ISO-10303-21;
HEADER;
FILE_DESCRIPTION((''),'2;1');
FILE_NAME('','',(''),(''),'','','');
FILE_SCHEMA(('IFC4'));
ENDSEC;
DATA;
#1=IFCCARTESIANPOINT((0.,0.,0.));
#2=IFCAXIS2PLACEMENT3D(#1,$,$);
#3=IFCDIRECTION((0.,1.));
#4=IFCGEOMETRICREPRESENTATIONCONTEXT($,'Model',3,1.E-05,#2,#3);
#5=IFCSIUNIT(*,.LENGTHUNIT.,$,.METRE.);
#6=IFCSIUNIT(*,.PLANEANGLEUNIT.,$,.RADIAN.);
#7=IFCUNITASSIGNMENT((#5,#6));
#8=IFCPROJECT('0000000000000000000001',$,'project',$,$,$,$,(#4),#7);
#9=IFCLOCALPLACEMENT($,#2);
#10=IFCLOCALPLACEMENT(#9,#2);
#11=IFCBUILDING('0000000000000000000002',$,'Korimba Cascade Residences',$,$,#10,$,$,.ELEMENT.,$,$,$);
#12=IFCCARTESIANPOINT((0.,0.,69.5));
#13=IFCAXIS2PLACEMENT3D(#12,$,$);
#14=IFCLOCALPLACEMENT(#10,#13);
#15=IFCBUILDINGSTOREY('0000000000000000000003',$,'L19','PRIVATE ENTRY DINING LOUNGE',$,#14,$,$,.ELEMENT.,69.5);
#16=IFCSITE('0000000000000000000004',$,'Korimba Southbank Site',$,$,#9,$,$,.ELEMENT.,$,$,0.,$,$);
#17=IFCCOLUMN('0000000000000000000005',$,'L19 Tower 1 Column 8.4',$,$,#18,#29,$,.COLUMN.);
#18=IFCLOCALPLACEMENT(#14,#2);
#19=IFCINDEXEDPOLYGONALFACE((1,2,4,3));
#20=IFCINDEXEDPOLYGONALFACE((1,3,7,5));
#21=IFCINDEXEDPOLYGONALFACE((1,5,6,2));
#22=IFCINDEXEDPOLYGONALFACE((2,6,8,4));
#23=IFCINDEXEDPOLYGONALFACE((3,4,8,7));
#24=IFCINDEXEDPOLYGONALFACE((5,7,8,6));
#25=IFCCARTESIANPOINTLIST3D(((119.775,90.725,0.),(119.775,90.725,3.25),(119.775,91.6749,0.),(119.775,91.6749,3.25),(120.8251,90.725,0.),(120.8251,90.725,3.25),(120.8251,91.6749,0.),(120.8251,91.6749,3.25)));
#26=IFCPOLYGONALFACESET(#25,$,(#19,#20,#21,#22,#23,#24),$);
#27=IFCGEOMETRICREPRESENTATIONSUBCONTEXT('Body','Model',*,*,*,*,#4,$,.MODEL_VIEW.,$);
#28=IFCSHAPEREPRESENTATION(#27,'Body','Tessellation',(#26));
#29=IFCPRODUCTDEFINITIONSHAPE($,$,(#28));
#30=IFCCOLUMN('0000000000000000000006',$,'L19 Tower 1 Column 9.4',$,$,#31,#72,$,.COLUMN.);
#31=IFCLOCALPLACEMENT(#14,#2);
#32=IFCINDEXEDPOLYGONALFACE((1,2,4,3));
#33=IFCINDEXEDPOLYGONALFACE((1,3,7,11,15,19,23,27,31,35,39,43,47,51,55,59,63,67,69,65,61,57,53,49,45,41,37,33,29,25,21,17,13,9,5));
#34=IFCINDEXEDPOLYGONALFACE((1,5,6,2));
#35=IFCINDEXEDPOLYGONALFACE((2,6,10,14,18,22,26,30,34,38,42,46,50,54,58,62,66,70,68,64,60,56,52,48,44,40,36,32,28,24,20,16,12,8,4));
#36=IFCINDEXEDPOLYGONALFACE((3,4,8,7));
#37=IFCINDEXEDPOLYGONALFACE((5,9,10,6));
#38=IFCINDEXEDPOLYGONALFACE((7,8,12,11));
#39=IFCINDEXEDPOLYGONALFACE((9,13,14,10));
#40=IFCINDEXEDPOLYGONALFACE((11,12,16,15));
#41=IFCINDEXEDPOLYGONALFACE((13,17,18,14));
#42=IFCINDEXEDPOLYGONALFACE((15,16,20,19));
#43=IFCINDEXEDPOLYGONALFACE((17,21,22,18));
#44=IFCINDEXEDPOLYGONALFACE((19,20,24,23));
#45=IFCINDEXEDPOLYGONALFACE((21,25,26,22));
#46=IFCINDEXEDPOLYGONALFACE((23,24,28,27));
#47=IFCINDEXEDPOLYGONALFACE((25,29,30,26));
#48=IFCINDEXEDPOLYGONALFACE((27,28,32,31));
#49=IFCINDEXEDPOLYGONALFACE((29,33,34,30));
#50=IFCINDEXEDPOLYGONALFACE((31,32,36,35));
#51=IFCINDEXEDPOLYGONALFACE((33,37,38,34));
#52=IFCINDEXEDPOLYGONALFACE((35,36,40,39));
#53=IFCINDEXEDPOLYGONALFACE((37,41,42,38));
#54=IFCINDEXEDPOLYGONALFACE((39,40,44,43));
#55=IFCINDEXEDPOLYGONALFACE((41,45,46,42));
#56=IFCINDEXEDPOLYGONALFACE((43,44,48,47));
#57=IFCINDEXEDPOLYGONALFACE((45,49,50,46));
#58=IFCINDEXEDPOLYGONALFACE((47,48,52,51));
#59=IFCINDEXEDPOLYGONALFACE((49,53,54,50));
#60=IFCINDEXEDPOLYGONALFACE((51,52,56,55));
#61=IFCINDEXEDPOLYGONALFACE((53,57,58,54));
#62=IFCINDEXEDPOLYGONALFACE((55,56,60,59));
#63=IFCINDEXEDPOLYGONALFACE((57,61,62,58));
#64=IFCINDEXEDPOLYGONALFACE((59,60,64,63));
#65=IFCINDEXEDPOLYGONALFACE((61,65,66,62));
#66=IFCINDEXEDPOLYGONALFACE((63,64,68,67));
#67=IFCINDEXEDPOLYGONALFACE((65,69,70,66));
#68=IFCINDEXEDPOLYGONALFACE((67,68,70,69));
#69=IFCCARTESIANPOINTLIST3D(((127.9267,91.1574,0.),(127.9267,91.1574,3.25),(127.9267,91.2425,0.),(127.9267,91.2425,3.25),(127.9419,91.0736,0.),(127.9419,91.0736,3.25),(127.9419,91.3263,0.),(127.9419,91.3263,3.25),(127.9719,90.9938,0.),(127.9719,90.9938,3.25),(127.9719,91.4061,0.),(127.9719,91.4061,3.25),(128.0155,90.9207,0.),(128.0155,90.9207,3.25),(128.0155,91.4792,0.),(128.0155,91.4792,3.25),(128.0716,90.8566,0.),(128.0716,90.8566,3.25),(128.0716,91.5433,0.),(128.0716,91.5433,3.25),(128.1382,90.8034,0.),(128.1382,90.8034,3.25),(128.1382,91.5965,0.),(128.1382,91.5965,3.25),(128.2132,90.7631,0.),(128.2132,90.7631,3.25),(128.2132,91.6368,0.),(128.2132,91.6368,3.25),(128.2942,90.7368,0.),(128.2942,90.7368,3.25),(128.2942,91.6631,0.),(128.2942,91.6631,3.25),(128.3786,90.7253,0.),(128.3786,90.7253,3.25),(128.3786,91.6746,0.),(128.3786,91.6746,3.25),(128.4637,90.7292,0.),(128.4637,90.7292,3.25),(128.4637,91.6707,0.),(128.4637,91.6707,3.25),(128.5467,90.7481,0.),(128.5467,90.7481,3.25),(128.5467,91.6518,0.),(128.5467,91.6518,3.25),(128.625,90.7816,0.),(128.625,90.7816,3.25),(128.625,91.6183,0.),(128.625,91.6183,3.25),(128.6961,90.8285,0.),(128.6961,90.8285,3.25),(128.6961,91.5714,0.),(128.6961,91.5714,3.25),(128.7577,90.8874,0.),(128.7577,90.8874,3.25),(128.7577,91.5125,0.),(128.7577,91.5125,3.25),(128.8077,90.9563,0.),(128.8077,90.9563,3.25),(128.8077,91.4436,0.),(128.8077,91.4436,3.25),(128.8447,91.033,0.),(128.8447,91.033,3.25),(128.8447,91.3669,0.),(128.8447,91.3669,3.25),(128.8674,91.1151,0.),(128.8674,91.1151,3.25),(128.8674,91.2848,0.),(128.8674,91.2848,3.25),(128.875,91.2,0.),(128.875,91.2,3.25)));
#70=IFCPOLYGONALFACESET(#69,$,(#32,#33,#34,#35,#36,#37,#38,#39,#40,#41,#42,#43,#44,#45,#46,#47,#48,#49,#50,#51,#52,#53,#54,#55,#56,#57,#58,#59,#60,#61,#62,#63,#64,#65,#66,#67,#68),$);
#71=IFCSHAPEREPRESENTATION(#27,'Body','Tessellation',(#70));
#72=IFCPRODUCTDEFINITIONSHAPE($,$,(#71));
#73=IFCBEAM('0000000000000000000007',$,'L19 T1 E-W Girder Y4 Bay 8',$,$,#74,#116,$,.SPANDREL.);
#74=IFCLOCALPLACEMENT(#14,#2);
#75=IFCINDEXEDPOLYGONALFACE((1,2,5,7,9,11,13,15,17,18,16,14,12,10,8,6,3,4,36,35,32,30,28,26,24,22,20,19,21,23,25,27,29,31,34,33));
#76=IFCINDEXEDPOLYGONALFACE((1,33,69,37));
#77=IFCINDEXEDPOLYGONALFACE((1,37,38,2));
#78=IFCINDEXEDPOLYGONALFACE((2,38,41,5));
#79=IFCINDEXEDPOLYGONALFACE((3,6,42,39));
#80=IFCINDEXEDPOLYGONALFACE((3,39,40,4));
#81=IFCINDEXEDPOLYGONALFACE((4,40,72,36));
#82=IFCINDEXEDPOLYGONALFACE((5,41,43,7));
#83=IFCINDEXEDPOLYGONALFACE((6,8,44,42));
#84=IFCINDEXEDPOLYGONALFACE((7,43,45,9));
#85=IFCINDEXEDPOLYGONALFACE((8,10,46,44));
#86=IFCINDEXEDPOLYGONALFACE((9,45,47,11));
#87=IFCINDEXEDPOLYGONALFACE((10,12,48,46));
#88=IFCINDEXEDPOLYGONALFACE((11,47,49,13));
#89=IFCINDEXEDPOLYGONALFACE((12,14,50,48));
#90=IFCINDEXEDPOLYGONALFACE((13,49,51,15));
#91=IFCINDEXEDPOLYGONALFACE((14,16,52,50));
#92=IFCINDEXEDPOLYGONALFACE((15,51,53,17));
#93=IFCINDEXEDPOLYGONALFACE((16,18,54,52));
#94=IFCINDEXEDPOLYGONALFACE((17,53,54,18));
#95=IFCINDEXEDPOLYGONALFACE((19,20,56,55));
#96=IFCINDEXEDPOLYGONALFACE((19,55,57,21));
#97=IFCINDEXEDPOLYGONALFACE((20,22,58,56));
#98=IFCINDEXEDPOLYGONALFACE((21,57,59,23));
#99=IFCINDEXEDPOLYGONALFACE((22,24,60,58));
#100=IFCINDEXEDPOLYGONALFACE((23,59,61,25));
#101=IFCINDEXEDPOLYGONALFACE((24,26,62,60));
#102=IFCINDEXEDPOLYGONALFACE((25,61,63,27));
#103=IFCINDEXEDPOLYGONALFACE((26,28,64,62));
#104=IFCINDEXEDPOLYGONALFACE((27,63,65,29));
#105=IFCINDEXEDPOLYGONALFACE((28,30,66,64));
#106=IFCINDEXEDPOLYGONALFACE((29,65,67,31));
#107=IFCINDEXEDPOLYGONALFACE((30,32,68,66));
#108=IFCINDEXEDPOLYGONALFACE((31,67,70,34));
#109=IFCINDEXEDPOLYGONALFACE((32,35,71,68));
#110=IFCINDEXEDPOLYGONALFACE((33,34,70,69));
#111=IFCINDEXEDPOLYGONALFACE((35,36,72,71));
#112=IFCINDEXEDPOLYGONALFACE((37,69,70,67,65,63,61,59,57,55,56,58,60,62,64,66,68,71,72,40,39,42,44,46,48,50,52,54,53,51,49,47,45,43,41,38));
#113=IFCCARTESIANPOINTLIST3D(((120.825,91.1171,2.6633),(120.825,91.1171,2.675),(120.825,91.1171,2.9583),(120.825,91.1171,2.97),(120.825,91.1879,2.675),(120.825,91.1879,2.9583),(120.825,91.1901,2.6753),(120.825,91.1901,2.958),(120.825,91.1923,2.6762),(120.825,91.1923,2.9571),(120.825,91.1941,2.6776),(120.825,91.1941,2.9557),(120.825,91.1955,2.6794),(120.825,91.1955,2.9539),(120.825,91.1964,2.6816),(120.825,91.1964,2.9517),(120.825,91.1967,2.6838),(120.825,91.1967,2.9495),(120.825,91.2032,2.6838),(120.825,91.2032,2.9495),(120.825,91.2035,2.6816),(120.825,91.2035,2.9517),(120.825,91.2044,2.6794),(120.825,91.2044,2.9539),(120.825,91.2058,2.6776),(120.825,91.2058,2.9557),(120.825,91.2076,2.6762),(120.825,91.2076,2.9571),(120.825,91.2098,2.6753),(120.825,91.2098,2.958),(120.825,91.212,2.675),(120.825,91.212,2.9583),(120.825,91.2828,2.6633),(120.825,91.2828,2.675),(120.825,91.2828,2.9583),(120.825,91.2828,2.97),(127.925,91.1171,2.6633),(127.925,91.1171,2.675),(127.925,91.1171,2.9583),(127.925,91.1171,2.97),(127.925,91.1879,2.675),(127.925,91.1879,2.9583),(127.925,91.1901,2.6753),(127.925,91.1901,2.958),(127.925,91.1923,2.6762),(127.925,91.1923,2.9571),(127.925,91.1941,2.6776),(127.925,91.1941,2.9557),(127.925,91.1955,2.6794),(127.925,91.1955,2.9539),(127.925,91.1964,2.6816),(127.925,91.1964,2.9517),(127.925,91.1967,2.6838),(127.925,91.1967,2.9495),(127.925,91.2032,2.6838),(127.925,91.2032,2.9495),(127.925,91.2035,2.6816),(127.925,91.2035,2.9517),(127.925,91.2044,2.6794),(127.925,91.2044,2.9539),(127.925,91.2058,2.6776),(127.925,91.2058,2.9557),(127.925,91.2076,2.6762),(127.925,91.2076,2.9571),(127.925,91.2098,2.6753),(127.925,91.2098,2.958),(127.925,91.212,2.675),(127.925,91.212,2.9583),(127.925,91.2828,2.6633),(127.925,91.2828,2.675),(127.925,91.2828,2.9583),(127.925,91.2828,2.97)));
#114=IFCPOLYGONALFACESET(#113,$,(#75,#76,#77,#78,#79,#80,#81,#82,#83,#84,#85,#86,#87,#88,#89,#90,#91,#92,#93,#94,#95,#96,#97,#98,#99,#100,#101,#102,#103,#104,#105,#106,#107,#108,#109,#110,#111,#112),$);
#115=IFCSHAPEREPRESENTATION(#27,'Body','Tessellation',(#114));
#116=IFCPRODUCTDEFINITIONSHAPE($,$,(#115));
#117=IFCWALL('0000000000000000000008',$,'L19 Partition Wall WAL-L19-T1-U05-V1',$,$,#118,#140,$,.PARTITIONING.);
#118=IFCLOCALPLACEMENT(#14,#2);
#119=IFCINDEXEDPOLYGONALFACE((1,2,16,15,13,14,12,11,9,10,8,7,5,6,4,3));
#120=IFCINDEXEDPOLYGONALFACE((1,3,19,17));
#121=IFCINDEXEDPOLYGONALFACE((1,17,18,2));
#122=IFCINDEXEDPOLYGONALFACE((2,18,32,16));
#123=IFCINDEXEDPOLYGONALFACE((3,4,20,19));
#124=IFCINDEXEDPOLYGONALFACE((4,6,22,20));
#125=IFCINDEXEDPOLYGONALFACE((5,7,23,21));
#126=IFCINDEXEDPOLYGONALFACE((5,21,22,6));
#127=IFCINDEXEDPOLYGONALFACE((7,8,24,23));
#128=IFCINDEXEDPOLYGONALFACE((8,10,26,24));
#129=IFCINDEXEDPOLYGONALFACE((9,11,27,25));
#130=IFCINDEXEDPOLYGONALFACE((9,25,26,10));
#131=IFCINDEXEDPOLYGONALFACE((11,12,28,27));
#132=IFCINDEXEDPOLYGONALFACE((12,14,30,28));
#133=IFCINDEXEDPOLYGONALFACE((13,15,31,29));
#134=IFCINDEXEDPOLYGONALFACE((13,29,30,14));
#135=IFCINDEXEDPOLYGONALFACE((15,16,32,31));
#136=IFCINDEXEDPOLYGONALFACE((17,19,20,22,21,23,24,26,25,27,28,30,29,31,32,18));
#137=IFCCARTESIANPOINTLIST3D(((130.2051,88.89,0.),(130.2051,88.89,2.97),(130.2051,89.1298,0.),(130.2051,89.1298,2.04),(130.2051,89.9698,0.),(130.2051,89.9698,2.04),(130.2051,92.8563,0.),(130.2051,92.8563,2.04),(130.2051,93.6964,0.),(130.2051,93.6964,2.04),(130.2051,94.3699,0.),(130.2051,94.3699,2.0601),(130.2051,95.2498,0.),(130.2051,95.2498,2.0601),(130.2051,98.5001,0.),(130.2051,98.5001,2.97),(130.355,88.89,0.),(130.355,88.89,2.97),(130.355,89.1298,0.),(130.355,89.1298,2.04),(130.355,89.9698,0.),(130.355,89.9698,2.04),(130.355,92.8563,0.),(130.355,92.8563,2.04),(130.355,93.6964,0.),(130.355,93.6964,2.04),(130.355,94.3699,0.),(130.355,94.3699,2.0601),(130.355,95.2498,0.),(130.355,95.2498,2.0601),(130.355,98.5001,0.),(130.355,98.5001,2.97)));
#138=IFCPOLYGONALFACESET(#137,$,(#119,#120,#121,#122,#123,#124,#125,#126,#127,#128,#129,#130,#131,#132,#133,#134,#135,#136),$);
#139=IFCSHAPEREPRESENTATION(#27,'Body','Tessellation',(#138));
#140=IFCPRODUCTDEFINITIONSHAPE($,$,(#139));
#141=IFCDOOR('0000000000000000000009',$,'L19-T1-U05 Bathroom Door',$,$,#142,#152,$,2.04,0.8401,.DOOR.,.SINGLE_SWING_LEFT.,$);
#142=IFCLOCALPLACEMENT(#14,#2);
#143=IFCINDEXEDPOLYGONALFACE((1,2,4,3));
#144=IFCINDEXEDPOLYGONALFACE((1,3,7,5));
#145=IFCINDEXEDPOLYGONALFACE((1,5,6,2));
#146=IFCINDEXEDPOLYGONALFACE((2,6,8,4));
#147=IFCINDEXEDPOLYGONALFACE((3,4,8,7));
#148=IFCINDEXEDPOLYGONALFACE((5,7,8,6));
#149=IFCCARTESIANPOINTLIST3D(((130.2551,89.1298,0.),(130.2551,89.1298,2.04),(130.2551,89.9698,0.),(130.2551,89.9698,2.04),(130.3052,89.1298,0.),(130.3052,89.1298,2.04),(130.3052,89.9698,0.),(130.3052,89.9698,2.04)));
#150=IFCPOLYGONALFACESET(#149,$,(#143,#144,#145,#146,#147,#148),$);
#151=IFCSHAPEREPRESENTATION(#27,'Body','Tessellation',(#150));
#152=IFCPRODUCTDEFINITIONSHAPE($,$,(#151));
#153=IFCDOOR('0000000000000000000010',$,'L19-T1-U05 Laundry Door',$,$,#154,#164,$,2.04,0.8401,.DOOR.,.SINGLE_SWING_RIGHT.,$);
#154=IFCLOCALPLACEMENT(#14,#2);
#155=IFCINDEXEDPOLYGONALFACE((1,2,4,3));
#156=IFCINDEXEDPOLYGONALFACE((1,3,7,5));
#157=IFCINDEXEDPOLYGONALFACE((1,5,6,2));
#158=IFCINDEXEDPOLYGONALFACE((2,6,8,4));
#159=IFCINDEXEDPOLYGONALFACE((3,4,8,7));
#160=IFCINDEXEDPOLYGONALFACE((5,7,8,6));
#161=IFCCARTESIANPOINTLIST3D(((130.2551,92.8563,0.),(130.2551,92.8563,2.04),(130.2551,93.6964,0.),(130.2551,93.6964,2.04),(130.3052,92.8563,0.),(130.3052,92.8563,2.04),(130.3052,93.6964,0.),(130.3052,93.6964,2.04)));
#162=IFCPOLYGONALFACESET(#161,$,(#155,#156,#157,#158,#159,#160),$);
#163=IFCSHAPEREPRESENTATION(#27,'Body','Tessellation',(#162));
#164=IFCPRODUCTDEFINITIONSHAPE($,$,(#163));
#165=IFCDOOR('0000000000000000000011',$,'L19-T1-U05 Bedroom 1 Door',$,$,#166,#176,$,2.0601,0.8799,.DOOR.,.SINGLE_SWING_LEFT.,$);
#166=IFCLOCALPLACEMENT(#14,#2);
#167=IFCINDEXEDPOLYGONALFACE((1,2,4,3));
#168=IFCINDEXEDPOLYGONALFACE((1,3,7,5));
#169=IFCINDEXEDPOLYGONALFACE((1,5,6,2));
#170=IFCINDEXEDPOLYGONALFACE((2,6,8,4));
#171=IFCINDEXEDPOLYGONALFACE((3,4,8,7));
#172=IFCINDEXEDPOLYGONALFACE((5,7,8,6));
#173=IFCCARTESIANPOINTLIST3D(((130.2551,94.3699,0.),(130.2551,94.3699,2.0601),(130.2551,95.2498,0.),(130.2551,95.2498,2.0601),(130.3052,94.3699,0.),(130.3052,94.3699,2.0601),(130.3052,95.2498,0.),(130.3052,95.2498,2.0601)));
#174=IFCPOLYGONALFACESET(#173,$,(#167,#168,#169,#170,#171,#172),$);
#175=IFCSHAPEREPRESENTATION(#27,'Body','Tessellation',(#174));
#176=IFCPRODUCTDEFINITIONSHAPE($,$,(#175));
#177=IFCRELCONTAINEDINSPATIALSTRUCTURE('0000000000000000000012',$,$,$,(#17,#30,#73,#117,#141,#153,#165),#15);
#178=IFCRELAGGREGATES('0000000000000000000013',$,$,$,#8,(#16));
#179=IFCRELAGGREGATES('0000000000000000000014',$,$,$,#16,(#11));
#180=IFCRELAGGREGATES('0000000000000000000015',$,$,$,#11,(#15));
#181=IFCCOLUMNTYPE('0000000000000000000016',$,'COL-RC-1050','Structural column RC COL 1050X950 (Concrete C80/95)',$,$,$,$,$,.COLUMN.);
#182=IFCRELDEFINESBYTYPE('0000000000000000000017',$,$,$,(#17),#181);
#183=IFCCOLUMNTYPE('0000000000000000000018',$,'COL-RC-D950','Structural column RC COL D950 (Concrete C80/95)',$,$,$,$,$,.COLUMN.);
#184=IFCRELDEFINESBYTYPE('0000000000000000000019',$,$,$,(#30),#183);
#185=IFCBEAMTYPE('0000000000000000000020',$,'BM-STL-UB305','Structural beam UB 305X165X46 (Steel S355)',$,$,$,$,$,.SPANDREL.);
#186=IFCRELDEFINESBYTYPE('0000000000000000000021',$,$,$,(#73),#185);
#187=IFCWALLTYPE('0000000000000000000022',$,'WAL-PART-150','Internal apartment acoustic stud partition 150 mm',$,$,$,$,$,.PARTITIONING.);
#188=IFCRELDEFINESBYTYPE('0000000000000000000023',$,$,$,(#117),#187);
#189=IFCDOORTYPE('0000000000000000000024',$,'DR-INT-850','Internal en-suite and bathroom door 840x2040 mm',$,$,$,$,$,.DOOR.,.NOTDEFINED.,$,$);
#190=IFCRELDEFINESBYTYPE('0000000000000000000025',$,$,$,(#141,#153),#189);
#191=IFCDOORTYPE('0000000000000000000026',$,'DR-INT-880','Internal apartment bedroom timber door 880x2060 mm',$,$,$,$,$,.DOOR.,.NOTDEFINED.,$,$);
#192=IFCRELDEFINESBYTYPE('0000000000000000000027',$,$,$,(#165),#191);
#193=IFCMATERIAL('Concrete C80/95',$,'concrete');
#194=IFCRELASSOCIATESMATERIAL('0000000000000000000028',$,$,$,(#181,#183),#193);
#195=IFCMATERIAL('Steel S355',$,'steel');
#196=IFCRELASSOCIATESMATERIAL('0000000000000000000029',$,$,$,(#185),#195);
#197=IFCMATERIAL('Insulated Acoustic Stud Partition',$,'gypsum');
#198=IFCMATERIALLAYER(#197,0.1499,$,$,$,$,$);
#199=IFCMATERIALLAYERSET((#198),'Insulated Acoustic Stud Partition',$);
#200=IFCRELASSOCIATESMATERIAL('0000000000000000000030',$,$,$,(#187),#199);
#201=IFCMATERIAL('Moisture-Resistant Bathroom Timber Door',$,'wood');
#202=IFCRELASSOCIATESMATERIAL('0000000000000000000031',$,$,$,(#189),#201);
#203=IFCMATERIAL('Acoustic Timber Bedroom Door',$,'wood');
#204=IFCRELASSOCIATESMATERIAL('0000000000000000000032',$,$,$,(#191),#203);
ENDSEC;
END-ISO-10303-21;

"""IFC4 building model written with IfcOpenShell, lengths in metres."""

from ifc_helpers import new_model, si_unit, direction, frame, frame_2d, origin, origin_2d, place, context, subcontext, project, spatial, rectangle, circle, i_section, extrude, material, layer, layer_set, material_profile, profile_set, type_object, element, fill, save


model = new_model("IFC4")

# Units and contexts
model_context = context("Model", 3, precision=1e-05, world=origin(), true_north=direction((0.0, 1.0)))
body_context = subcontext(model_context, "Body", "Model", "MODEL_VIEW")
ifc_project = project(units=[si_unit("LENGTHUNIT", "METRE"), si_unit("PLANEANGLEUNIT", "RADIAN")], contexts=[model_context])

# Site, building, storey
site_placement = place(None, origin())
site = spatial("IfcSite", under=ifc_project, at=site_placement, Name="Korimba Southbank Site", CompositionType="ELEMENT", RefElevation=0.0)
building_placement = place(site_placement, origin())
building = spatial("IfcBuilding", under=site, at=building_placement, Name="Korimba Cascade Residences", CompositionType="ELEMENT")
storey_placement = place(building_placement, frame((0.0, 0.0, 69.5)))
storey = spatial("IfcBuildingStorey", under=building, at=storey_placement, Name="L19", Description="PRIVATE ENTRY DINING LOUNGE", CompositionType="ELEMENT", Elevation=69.5)

# Columns
ifc_material_1 = material(Name="Concrete C80/95", Category="concrete")
ifc_material_profile_1 = material_profile(ifc_material_1, rectangle(XDim=1.05, YDim=0.95, at=origin_2d()), Name="Concrete C80/95")
ifc_profile_set_1 = profile_set([ifc_material_profile_1], Name="Concrete C80/95")
column_type_1 = type_object("IfcColumnType", Name="COL-RC-1050", Description="Structural column RC COL 1050X950 (Concrete C80/95)", PredefinedType="COLUMN", material=ifc_profile_set_1)
column_1_placement = place(storey_placement, frame((120.3, 91.2, 0.0), z_axis=(0.0, 0.0, 1.0), x_axis=(1.0, 0.0, 0.0)))
element("IfcColumn", 1, at=column_1_placement, inside=storey, type_object=column_type_1, Name="L19 Tower 1 Column 8.4", PredefinedType="COLUMN", context=body_context, shape_type="SweptSolid", body=[
    extrude(rectangle(XDim=1.05, YDim=0.95, at=origin_2d()), origin(), (0.0, 0.0, 1.0), 3.25),
])
ifc_material_profile_2 = material_profile(ifc_material_1, circle(Radius=0.4751, at=origin_2d()), Name="Concrete C80/95")
ifc_profile_set_2 = profile_set([ifc_material_profile_2], Name="Concrete C80/95")
column_type_2 = type_object("IfcColumnType", Name="COL-RC-D950", Description="Structural column RC COL D950 (Concrete C80/95)", PredefinedType="COLUMN", material=ifc_profile_set_2)
column_2_placement = place(storey_placement, frame((128.3999, 91.2, 0.0), z_axis=(0.0, 0.0, 1.0), x_axis=(1.0, 0.0, 0.0)))
element("IfcColumn", 2, at=column_2_placement, inside=storey, type_object=column_type_2, Name="L19 Tower 1 Column 9.4", PredefinedType="COLUMN", context=body_context, shape_type="SweptSolid", body=[
    extrude(circle(Radius=0.4751, at=origin_2d()), origin(), (0.0, 0.0, 1.0), 3.25),
])

# Beam
ifc_material_2 = material(Name="Steel S355", Category="steel")
ifc_material_profile_3 = material_profile(ifc_material_2, i_section(OverallWidth=0.1658, OverallDepth=0.3066, WebThickness=0.0066, FlangeThickness=0.0117, FilletRadius=0.0088, at=origin_2d()), Name="Steel S355")
ifc_profile_set_3 = profile_set([ifc_material_profile_3], Name="Steel S355")
beam_type = type_object("IfcBeamType", Name="BM-STL-UB305", Description="Structural beam UB 305X165X46 (Steel S355)", PredefinedType="SPANDREL", material=ifc_profile_set_3)
beam_placement = place(storey_placement, frame((120.825, 91.2, 2.8167), z_axis=(1.0, 0.0, 0.0), x_axis=(0.0, 1.0, 0.0)))
element("IfcBeam", 3, at=beam_placement, inside=storey, type_object=beam_type, Name="L19 T1 E-W Girder Y4 Bay 8", PredefinedType="SPANDREL", context=body_context, shape_type="SweptSolid", body=[
    extrude(i_section(OverallWidth=0.1658, OverallDepth=0.3066, WebThickness=0.0066, FlangeThickness=0.0117, FilletRadius=0.0088, at=origin_2d()), origin(), (0.0, 0.0, 1.0), 7.1001),
])

# Wall, openings, doors
ifc_material_3 = material(Name="Insulated Acoustic Stud Partition", Category="gypsum")
ifc_layer = layer(ifc_material_3, 0.1499)
ifc_layer_set = layer_set([ifc_layer], Name="Insulated Acoustic Stud Partition")
wall_type = type_object("IfcWallType", Name="WAL-PART-150", Description="Internal apartment acoustic stud partition 150 mm", PredefinedType="PARTITIONING", material=ifc_layer_set)
wall_1_placement = place(storey_placement, frame((130.28, 88.8899, 0.0), z_axis=(0.0, 0.0, 1.0), x_axis=(0.0, 1.0, 0.0)))
wall_1 = element("IfcWall", 4, at=wall_1_placement, inside=storey, type_object=wall_type, Name="L19 Partition Wall WAL-L19-T1-U05-V1", PredefinedType="PARTITIONING", context=body_context, shape_type="SweptSolid", body=[
    extrude(rectangle(XDim=9.6101, YDim=0.1499, at=frame_2d((4.8052, 0.0))), origin(), (0.0, 0.0, 1.0), 2.97),
])
opening_1_placement = place(wall_1_placement, frame((0.24, 0.0, 0.0)))
opening_1 = element("IfcOpeningElement", 5, at=opening_1_placement, cuts=wall_1, PredefinedType="OPENING", context=body_context, shape_type="SweptSolid", body=[
    extrude(rectangle(XDim=0.8401, YDim=2.04, at=frame_2d((0.4199, 1.02))), frame((0.0, 0.085, 0.0), z_axis=(0.0, -1.0, 0.0), x_axis=(1.0, 0.0, 0.0)), (0.0, 0.0, 1.0), 0.1699),
])
opening_2_placement = place(wall_1_placement, frame((3.9666, 0.0, 0.0)))
opening_2 = element("IfcOpeningElement", 6, at=opening_2_placement, cuts=wall_1, PredefinedType="OPENING", context=body_context, shape_type="SweptSolid", body=[
    extrude(rectangle(XDim=0.8401, YDim=2.04, at=frame_2d((0.4199, 1.02))), frame((0.0, 0.085, 0.0), z_axis=(0.0, -1.0, 0.0), x_axis=(1.0, 0.0, 0.0)), (0.0, 0.0, 1.0), 0.1699),
])
opening_3_placement = place(wall_1_placement, frame((5.48, 0.0, 0.0)))
opening_3 = element("IfcOpeningElement", 7, at=opening_3_placement, cuts=wall_1, PredefinedType="OPENING", context=body_context, shape_type="SweptSolid", body=[
    extrude(rectangle(XDim=0.8799, YDim=2.0601, at=frame_2d((0.4399, 1.03))), frame((0.0, 0.085, 0.0), z_axis=(0.0, -1.0, 0.0), x_axis=(1.0, 0.0, 0.0)), (0.0, 0.0, 1.0), 0.1699),
])
ifc_material_4 = material(Name="Moisture-Resistant Bathroom Timber Door", Category="wood")
door_type_1 = type_object("IfcDoorType", Name="DR-INT-850", Description="Internal en-suite and bathroom door 840x2040 mm", OperationType="NOTDEFINED", PredefinedType="DOOR", material=ifc_material_4)
door_1_placement = place(opening_1_placement, origin())
door_1 = element("IfcDoor", 8, at=door_1_placement, inside=storey, type_object=door_type_1, Name="L19-T1-U05 Bathroom Door", OperationType="SINGLE_SWING_LEFT", OverallHeight=2.04, OverallWidth=0.8401, PredefinedType="DOOR", context=body_context, shape_type="SweptSolid", body=[
    extrude(rectangle(XDim=0.8401, YDim=2.04, at=frame_2d((0.4199, 1.02))), frame((0.0, 0.0249, 0.0), z_axis=(0.0, -1.0, 0.0), x_axis=(1.0, 0.0, 0.0)), (0.0, 0.0, 1.0), 0.05),
])
fill(opening_1, door_1)
door_2_placement = place(opening_2_placement, origin())
door_2 = element("IfcDoor", 9, at=door_2_placement, inside=storey, type_object=door_type_1, Name="L19-T1-U05 Laundry Door", OperationType="SINGLE_SWING_RIGHT", OverallHeight=2.04, OverallWidth=0.8401, PredefinedType="DOOR", context=body_context, shape_type="SweptSolid", body=[
    extrude(rectangle(XDim=0.8401, YDim=2.04, at=frame_2d((0.4199, 1.02))), frame((0.0, 0.0249, 0.0), z_axis=(0.0, -1.0, 0.0), x_axis=(1.0, 0.0, 0.0)), (0.0, 0.0, 1.0), 0.05),
])
fill(opening_2, door_2)
ifc_material_5 = material(Name="Acoustic Timber Bedroom Door", Category="wood")
door_type_2 = type_object("IfcDoorType", Name="DR-INT-880", Description="Internal apartment bedroom timber door 880x2060 mm", OperationType="NOTDEFINED", PredefinedType="DOOR", material=ifc_material_5)
door_3_placement = place(opening_3_placement, origin())
door_3 = element("IfcDoor", 10, at=door_3_placement, inside=storey, type_object=door_type_2, Name="L19-T1-U05 Bedroom 1 Door", OperationType="SINGLE_SWING_LEFT", OverallHeight=2.0601, OverallWidth=0.8799, PredefinedType="DOOR", context=body_context, shape_type="SweptSolid", body=[
    extrude(rectangle(XDim=0.8799, YDim=2.0601, at=frame_2d((0.4399, 1.03))), frame((0.0, 0.0249, 0.0), z_axis=(0.0, -1.0, 0.0), x_axis=(1.0, 0.0, 0.0)), (0.0, 0.0, 1.0), 0.05),
])
fill(opening_3, door_3)

save(model, "model.ifc")
